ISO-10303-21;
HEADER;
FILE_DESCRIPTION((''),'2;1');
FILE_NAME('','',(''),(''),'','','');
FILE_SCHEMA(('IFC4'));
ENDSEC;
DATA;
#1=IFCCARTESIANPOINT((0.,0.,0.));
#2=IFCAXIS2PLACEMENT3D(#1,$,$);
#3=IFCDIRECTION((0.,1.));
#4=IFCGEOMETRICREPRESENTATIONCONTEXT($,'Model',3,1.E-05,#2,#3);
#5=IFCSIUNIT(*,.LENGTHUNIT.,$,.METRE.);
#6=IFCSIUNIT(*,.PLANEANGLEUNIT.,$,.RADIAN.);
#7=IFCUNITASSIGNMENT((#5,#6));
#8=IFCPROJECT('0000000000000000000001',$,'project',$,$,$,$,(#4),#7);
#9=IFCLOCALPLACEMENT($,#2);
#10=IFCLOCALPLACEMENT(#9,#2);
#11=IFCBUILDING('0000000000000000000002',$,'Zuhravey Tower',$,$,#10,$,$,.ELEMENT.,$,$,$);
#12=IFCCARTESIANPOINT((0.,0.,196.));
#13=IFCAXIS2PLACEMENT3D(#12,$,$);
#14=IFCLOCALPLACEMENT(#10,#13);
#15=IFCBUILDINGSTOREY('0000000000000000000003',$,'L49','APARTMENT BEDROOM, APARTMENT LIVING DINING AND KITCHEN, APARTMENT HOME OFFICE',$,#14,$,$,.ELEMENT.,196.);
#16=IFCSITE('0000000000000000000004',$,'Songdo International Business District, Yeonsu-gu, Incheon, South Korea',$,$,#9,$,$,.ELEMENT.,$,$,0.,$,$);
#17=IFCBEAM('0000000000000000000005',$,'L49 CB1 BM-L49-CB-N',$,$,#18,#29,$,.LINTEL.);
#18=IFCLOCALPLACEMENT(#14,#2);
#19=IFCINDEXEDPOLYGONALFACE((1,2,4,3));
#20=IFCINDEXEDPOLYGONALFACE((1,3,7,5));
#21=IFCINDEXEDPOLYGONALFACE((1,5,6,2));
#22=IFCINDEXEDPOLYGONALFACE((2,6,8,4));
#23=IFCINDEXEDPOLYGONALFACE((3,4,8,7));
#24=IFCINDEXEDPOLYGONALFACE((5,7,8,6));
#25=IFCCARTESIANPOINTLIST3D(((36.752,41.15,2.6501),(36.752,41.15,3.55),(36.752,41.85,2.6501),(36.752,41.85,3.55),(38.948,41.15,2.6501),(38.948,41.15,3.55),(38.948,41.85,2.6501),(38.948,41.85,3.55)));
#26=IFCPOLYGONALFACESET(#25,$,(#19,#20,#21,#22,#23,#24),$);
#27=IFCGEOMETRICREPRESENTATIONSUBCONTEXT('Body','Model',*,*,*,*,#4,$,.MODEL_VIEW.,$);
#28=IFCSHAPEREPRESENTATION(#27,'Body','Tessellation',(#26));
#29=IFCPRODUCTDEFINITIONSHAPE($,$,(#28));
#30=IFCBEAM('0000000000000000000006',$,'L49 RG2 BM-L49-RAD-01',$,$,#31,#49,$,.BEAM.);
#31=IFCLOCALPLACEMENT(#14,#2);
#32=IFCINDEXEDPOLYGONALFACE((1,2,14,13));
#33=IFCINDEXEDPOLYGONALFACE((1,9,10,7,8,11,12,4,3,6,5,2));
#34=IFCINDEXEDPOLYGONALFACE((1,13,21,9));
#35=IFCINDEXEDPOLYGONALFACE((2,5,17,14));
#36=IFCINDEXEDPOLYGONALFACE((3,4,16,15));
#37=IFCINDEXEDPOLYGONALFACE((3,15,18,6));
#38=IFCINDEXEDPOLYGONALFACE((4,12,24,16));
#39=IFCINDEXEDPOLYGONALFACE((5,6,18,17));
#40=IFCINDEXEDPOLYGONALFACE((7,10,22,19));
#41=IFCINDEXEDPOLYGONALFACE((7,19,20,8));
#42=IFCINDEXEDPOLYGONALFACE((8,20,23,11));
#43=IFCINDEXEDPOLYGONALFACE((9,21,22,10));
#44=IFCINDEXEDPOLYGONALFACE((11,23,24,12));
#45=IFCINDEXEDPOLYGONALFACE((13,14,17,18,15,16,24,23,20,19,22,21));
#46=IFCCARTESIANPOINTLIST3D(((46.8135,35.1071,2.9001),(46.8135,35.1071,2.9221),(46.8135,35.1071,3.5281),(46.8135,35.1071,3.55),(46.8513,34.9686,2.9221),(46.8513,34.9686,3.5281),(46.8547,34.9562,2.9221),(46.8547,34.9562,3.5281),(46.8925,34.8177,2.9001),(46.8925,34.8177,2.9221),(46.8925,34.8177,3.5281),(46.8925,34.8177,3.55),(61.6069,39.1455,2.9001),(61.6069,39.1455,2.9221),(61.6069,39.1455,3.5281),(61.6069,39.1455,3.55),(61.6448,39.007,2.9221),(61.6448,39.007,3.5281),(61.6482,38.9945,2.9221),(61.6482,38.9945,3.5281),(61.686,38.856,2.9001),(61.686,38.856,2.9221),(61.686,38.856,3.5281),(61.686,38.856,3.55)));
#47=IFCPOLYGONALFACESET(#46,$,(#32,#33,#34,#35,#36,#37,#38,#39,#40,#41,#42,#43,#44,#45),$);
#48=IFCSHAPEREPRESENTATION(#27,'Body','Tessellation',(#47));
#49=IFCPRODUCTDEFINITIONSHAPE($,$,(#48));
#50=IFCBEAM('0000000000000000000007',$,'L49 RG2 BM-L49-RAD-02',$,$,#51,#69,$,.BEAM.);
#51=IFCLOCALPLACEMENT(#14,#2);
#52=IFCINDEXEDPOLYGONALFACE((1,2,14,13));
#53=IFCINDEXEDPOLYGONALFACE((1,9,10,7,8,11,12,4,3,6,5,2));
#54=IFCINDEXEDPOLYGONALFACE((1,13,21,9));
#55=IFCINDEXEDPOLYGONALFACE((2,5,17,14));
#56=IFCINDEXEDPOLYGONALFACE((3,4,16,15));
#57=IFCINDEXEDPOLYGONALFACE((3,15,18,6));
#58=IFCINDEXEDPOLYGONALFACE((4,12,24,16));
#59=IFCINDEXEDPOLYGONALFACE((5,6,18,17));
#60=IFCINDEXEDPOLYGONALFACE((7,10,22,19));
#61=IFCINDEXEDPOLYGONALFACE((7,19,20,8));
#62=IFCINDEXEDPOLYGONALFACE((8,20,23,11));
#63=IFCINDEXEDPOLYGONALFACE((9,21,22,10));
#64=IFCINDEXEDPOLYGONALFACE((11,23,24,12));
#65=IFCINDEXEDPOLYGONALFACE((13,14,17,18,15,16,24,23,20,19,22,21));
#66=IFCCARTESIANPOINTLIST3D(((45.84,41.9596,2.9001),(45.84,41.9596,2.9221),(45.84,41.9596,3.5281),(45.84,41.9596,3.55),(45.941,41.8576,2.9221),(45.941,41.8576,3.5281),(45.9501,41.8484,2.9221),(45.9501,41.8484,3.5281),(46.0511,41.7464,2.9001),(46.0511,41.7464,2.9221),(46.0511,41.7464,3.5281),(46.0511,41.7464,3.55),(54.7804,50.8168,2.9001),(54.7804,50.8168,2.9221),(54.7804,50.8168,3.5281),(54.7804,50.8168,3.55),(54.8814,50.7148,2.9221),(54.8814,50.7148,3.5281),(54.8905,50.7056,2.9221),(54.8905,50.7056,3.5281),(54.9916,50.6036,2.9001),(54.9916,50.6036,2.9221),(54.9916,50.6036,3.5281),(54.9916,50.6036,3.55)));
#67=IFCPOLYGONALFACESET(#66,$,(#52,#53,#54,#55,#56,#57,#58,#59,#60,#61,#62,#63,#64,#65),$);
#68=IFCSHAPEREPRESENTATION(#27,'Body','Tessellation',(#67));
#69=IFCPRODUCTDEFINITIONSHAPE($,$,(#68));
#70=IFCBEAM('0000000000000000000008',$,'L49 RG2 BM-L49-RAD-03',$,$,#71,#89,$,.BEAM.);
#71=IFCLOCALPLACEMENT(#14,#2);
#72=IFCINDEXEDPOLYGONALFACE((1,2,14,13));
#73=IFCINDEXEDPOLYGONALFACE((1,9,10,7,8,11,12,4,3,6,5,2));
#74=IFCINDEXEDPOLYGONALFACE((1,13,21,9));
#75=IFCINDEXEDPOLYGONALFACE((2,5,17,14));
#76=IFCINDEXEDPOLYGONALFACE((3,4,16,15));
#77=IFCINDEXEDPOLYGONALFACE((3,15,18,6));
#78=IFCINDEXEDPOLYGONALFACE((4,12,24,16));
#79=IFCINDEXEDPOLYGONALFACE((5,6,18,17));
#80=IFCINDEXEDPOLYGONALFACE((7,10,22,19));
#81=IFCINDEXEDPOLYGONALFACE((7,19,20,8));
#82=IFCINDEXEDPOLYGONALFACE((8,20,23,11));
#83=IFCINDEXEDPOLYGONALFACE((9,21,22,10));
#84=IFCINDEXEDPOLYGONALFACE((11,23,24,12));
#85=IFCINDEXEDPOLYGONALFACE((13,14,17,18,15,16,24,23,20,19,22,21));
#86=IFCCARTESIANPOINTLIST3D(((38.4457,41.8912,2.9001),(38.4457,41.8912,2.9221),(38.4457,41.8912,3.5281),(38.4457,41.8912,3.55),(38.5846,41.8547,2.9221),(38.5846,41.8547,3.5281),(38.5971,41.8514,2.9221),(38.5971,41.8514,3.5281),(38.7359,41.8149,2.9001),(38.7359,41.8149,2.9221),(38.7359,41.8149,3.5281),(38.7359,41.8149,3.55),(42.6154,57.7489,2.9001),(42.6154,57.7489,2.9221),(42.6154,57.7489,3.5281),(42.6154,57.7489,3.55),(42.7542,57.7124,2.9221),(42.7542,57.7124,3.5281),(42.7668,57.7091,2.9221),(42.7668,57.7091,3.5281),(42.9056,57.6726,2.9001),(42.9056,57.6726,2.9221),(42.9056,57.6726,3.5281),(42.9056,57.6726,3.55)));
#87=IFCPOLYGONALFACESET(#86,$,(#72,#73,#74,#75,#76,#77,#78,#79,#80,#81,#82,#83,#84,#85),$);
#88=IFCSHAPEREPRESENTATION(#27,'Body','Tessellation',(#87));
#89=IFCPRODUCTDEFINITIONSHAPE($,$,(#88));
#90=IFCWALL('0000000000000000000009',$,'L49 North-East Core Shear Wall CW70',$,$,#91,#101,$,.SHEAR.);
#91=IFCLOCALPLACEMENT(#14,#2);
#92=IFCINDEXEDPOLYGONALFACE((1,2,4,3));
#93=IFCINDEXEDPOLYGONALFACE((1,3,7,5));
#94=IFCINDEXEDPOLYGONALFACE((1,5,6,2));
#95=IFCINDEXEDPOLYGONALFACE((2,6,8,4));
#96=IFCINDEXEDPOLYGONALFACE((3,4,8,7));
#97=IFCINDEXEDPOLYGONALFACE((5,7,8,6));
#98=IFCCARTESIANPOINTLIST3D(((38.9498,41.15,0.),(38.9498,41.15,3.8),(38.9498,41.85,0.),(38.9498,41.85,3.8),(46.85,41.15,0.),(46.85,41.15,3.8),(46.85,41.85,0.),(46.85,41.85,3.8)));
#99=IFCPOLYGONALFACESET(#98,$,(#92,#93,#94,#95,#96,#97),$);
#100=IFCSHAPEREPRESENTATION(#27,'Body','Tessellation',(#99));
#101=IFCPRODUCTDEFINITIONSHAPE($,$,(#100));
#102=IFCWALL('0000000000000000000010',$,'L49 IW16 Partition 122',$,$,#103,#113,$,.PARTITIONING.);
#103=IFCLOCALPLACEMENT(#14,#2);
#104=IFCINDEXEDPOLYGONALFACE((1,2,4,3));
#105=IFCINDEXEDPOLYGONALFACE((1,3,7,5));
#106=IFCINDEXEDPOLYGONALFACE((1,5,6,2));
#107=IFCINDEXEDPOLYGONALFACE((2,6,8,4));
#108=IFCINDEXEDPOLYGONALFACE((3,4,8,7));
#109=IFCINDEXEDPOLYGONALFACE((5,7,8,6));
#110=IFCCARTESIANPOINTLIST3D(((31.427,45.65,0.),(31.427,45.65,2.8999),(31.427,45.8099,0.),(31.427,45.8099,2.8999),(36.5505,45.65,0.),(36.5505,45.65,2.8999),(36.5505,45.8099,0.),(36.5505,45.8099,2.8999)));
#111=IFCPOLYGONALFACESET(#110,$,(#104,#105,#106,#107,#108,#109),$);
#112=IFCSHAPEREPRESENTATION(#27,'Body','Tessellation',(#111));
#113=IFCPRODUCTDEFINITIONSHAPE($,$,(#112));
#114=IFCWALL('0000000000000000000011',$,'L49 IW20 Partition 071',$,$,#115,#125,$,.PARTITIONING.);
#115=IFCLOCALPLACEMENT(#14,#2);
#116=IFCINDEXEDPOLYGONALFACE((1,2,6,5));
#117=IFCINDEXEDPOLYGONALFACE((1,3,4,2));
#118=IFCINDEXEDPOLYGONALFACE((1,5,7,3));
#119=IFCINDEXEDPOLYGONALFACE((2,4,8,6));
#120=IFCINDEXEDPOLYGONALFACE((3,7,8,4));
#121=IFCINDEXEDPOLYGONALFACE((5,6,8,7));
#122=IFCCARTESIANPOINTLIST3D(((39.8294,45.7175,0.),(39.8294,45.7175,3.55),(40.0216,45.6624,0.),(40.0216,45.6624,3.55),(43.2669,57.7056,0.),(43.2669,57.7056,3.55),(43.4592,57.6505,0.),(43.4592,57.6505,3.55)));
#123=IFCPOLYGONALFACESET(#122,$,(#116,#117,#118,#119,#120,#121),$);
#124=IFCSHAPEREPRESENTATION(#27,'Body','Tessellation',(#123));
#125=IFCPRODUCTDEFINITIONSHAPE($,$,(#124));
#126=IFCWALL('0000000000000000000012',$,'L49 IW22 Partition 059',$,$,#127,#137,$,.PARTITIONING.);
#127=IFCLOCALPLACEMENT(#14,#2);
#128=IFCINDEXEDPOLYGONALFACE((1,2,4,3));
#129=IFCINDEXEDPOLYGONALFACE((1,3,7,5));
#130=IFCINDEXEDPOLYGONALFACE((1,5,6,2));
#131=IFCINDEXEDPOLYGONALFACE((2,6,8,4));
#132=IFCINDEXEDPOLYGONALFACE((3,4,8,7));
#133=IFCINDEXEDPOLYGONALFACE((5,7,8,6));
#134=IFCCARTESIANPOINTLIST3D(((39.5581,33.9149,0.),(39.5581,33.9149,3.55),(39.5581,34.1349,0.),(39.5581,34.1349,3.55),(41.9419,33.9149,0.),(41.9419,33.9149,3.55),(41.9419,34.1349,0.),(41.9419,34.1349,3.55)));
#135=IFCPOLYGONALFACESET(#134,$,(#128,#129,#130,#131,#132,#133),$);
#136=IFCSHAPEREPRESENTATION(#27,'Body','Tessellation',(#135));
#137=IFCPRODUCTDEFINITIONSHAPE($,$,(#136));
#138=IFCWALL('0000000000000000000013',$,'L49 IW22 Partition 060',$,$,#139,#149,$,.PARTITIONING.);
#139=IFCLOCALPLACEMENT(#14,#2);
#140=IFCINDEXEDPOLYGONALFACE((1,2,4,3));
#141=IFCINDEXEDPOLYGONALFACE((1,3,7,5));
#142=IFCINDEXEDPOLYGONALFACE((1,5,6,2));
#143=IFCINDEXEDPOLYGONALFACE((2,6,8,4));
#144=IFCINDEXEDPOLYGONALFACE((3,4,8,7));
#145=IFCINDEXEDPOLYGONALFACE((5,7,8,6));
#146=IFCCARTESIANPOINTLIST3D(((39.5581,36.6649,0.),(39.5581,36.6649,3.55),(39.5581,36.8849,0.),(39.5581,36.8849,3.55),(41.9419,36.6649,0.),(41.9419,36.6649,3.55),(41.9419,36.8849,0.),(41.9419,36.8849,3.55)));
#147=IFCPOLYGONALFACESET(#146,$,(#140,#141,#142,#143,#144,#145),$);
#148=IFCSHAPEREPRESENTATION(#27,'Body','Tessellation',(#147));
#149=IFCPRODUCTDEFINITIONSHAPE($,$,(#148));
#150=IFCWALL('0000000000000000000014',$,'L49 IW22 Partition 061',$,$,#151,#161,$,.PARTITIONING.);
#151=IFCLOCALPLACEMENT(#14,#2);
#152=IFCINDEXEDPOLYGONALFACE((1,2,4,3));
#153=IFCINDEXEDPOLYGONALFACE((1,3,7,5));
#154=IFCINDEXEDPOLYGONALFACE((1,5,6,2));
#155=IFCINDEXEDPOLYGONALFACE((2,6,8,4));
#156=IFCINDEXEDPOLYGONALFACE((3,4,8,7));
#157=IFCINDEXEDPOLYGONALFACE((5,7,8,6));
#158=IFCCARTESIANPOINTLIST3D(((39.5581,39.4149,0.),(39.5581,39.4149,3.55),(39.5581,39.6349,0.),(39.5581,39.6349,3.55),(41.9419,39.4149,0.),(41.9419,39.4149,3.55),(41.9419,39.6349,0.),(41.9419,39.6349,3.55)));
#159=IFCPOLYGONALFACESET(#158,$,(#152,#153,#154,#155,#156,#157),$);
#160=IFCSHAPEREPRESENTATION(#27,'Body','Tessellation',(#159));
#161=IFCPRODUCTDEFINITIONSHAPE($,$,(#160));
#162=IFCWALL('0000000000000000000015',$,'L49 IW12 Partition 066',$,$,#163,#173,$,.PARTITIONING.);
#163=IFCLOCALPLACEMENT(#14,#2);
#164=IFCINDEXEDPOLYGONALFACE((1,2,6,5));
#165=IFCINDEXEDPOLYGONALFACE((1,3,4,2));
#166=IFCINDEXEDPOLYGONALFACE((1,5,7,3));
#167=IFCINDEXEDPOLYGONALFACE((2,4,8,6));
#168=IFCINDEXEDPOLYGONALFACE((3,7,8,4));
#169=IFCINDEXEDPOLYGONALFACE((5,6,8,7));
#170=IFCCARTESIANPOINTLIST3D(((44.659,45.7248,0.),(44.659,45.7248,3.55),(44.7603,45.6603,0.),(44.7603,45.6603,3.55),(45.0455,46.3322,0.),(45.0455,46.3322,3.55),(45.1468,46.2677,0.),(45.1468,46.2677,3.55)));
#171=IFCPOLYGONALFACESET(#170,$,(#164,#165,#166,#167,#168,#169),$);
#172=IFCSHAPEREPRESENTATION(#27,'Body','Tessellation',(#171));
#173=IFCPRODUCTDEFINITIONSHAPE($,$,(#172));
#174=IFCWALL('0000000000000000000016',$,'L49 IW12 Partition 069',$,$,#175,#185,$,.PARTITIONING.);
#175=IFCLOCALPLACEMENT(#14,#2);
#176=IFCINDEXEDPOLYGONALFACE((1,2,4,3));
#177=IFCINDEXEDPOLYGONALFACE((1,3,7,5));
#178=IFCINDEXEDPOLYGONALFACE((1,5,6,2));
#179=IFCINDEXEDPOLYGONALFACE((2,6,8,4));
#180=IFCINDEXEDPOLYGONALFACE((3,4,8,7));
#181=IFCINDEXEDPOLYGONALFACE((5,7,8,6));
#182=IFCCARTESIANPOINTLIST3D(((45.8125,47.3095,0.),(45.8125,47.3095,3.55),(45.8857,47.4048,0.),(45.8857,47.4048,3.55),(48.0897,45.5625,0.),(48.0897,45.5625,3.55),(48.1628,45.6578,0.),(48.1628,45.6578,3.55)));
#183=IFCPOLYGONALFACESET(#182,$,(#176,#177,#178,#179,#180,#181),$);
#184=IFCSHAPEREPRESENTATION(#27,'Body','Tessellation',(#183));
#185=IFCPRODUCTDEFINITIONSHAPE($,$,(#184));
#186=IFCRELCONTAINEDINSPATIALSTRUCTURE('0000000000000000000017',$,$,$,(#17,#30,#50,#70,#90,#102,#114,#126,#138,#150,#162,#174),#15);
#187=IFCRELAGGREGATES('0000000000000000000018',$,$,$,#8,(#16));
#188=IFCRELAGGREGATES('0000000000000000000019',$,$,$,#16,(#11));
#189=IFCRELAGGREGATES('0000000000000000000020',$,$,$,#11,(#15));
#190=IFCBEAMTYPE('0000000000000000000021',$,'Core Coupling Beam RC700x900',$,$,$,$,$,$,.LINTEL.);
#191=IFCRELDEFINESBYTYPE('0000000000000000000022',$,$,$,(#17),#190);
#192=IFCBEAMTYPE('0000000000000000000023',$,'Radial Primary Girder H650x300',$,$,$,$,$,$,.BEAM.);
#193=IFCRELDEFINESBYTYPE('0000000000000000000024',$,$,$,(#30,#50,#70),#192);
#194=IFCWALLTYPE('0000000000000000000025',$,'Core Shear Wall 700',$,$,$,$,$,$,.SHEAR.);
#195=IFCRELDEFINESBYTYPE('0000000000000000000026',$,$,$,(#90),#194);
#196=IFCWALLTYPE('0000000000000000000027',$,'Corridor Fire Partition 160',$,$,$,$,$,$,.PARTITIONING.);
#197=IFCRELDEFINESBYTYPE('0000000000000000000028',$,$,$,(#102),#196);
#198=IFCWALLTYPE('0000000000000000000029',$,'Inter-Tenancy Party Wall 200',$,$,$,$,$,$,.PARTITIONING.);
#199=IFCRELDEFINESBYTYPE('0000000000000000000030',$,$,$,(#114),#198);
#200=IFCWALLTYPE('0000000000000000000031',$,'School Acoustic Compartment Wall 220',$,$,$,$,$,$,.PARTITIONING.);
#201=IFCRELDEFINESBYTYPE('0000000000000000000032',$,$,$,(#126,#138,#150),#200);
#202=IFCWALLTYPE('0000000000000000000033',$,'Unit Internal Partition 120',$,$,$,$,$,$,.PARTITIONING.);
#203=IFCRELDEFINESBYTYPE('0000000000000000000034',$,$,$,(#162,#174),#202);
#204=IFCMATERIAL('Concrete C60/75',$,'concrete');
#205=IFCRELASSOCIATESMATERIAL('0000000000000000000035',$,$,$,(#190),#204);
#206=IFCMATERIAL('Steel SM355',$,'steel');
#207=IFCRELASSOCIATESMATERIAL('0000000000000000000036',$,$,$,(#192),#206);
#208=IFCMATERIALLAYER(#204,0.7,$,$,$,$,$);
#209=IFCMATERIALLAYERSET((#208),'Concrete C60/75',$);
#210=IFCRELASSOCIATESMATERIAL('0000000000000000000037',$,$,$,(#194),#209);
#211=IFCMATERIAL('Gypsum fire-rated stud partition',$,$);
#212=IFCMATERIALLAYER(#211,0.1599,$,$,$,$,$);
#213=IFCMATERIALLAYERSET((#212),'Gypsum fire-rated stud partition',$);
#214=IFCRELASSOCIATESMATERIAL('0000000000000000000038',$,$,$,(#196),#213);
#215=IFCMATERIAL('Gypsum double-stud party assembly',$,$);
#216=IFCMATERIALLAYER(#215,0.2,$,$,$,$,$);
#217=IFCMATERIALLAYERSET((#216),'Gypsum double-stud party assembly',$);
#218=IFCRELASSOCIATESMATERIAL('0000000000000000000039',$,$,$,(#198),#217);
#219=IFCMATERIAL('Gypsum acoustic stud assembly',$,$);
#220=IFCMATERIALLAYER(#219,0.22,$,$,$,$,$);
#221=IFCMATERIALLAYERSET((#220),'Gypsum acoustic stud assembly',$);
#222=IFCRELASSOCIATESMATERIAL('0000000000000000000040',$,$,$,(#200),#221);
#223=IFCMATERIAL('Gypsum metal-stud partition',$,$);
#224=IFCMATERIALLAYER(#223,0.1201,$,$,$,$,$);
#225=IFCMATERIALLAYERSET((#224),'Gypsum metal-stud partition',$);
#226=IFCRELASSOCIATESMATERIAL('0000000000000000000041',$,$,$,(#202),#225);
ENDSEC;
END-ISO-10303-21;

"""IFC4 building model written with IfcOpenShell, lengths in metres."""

from ifc_helpers import new_model, si_unit, direction, frame, frame_2d, origin, origin_2d, place, context, subcontext, project, spatial, rectangle, i_section, extrude, material, layer, layer_set, material_profile, profile_set, type_object, element, save


model = new_model("IFC4")

# Units and contexts
model_context = context("Model", 3, precision=1e-05, world=origin(), true_north=direction((0.0, 1.0)))
body_context = subcontext(model_context, "Body", "Model", "MODEL_VIEW")
ifc_project = project(units=[si_unit("LENGTHUNIT", "METRE"), si_unit("PLANEANGLEUNIT", "RADIAN")], contexts=[model_context])

# Site, building, storey
site_placement = place(None, origin())
site = spatial("IfcSite", under=ifc_project, at=site_placement, Name="Songdo International Business District, Yeonsu-gu, Incheon, South Korea", CompositionType="ELEMENT", RefElevation=0.0)
building_placement = place(site_placement, origin())
building = spatial("IfcBuilding", under=site, at=building_placement, Name="Zuhravey Tower", CompositionType="ELEMENT")
storey_placement = place(building_placement, frame((0.0, 0.0, 196.0)))
storey = spatial("IfcBuildingStorey", under=building, at=storey_placement, Name="L49", Description="APARTMENT BEDROOM, APARTMENT LIVING DINING AND KITCHEN, APARTMENT HOME OFFICE", CompositionType="ELEMENT", Elevation=196.0)

# Beams
ifc_material_1 = material(Name="Concrete C60/75", Category="concrete")
ifc_material_profile_1 = material_profile(ifc_material_1, rectangle(XDim=0.7, YDim=0.8999, at=origin_2d()), Name="RC-700x900")
ifc_profile_set_1 = profile_set([ifc_material_profile_1], Name="Concrete C60/75")
beam_type_1 = type_object("IfcBeamType", Name="Core Coupling Beam RC700x900", PredefinedType="LINTEL", material=ifc_profile_set_1)
beam_1_placement = place(storey_placement, frame((36.752, 41.5, 3.1001), z_axis=(1.0, 0.0, 0.0), x_axis=(0.0, 1.0, 0.0)))
element("IfcBeam", 1, at=beam_1_placement, inside=storey, type_object=beam_type_1, Name="L49 CB1 BM-L49-CB-N", PredefinedType="LINTEL", context=body_context, shape_type="SweptSolid", body=[
    extrude(rectangle(XDim=0.7, YDim=0.8999, at=origin_2d()), origin(), (0.0, 0.0, 1.0), 2.196),
])
ifc_material_2 = material(Name="Steel SM355", Category="steel")
ifc_material_profile_2 = material_profile(ifc_material_2, i_section(OverallWidth=0.3, OverallDepth=0.6499, WebThickness=0.0129, FlangeThickness=0.022, at=origin_2d()), Name="H-650x300x13x22")
ifc_profile_set_2 = profile_set([ifc_material_profile_2], Name="Steel SM355")
beam_type_2 = type_object("IfcBeamType", Name="Radial Primary Girder H650x300", PredefinedType="BEAM", material=ifc_profile_set_2)
beam_2_placement = place(storey_placement, frame((46.853, 34.9624, 3.2251), z_axis=(0.964702, 0.263345, 0.0), x_axis=(-0.263345, 0.964702, 0.0)))
element("IfcBeam", 2, at=beam_2_placement, inside=storey, type_object=beam_type_2, Name="L49 RG2 BM-L49-RAD-01", PredefinedType="BEAM", context=body_context, shape_type="SweptSolid", body=[
    extrude(i_section(OverallWidth=0.3, OverallDepth=0.6499, WebThickness=0.0129, FlangeThickness=0.022, at=origin_2d()), origin(), (0.0, 0.0, 1.0), 15.3347),
])
beam_3_placement = place(storey_placement, frame((45.9456, 41.853, 3.2251), z_axis=(0.710407, 0.703791, 0.0), x_axis=(-0.703791, 0.710407, 0.0)))
element("IfcBeam", 3, at=beam_3_placement, inside=storey, type_object=beam_type_2, Name="L49 RG2 BM-L49-RAD-02", PredefinedType="BEAM", context=body_context, shape_type="SweptSolid", body=[
    extrude(i_section(OverallWidth=0.3, OverallDepth=0.6499, WebThickness=0.0129, FlangeThickness=0.022, at=origin_2d()), origin(), (0.0, 0.0, 1.0), 12.585),
])
beam_4_placement = place(storey_placement, frame((38.5908, 41.853, 3.2251), z_axis=(0.2543, 0.967125, 0.0), x_axis=(-0.967125, 0.2543, 0.0)))
element("IfcBeam", 4, at=beam_4_placement, inside=storey, type_object=beam_type_2, Name="L49 RG2 BM-L49-RAD-03", PredefinedType="BEAM", context=body_context, shape_type="SweptSolid", body=[
    extrude(i_section(OverallWidth=0.3, OverallDepth=0.6499, WebThickness=0.0129, FlangeThickness=0.022, at=origin_2d()), origin(), (0.0, 0.0, 1.0), 16.3967),
])

# Wall
ifc_layer_1 = layer(ifc_material_1, 0.7)
ifc_layer_set_1 = layer_set([ifc_layer_1], Name="Concrete C60/75")
wall_type_1 = type_object("IfcWallType", Name="Core Shear Wall 700", PredefinedType="SHEAR", material=ifc_layer_set_1)
wall_1_placement = place(storey_placement, frame((46.8501, 41.5, 0.0), z_axis=(0.0, 0.0, 1.0), x_axis=(-1.0, 0.0, 0.0)))
element("IfcWall", 5, at=wall_1_placement, inside=storey, type_object=wall_type_1, Name="L49 North-East Core Shear Wall CW70", PredefinedType="SHEAR", context=body_context, shape_type="SweptSolid", body=[
    extrude(rectangle(XDim=7.9001, YDim=0.7, at=frame_2d((3.9502, 0.0))), origin(), (0.0, 0.0, 1.0), 3.8),
])

# Wall
ifc_material_3 = material(Name="Gypsum fire-rated stud partition")
ifc_layer_2 = layer(ifc_material_3, 0.1599)
ifc_layer_set_2 = layer_set([ifc_layer_2], Name="Gypsum fire-rated stud partition")
wall_type_2 = type_object("IfcWallType", Name="Corridor Fire Partition 160", PredefinedType="PARTITIONING", material=ifc_layer_set_2)
wall_2_placement = place(storey_placement, frame((36.5505, 45.73, 0.0), z_axis=(0.0, 0.0, 1.0), x_axis=(-1.0, 0.0, 0.0)))
element("IfcWall", 6, at=wall_2_placement, inside=storey, type_object=wall_type_2, Name="L49 IW16 Partition 122", PredefinedType="PARTITIONING", context=body_context, shape_type="SweptSolid", body=[
    extrude(rectangle(XDim=5.1235, YDim=0.1599, at=frame_2d((2.5618, 0.0))), origin(), (0.0, 0.0, 1.0), 2.8999),
])

# Walls
ifc_material_4 = material(Name="Gypsum double-stud party assembly")
ifc_layer_3 = layer(ifc_material_4, 0.2)
ifc_layer_set_3 = layer_set([ifc_layer_3], Name="Gypsum double-stud party assembly")
wall_type_3 = type_object("IfcWallType", Name="Inter-Tenancy Party Wall 200", PredefinedType="PARTITIONING", material=ifc_layer_set_3)
wall_3_placement = place(storey_placement, frame((39.9255, 45.6899, 0.0), z_axis=(0.0, 0.0, 1.0), x_axis=(0.275636, 0.961262, 0.0)))
element("IfcWall", 7, at=wall_3_placement, inside=storey, type_object=wall_type_3, Name="L49 IW20 Partition 071", PredefinedType="PARTITIONING", context=body_context, shape_type="SweptSolid", body=[
    extrude(rectangle(XDim=12.4712, YDim=0.2, at=frame_2d((6.2356, 0.0))), origin(), (0.0, 0.0, 1.0), 3.55),
])
ifc_material_5 = material(Name="Gypsum acoustic stud assembly")
ifc_layer_4 = layer(ifc_material_5, 0.22)
ifc_layer_set_4 = layer_set([ifc_layer_4], Name="Gypsum acoustic stud assembly")
wall_type_4 = type_object("IfcWallType", Name="School Acoustic Compartment Wall 220", PredefinedType="PARTITIONING", material=ifc_layer_set_4)
for number, where, z_axis, x_axis, name in (
    (8, (39.5581, 34.0249, 0.0), (0.0, 0.0, 1.0), (1.0, 0.0, 0.0), "L49 IW22 Partition 059"),
    (9, (39.5581, 36.7749, 0.0), (0.0, 0.0, 1.0), (1.0, 0.0, 0.0), "L49 IW22 Partition 060"),
    (10, (39.5581, 39.5249, 0.0), (0.0, 0.0, 1.0), (1.0, 0.0, 0.0), "L49 IW22 Partition 061"),
):
    element("IfcWall", number, at=place(storey_placement, frame(where, z_axis=z_axis, x_axis=x_axis)), inside=storey, type_object=wall_type_4, Name=name, PredefinedType="PARTITIONING", context=body_context, shape_type="SweptSolid", body=[
        extrude(rectangle(XDim=2.3838, YDim=0.22, at=frame_2d((1.1919, 0.0))), origin(), (0.0, 0.0, 1.0), 3.55),
    ])
ifc_material_6 = material(Name="Gypsum metal-stud partition")
ifc_layer_5 = layer(ifc_material_6, 0.1201)
ifc_layer_set_5 = layer_set([ifc_layer_5], Name="Gypsum metal-stud partition")
wall_type_5 = type_object("IfcWallType", Name="Unit Internal Partition 120", PredefinedType="PARTITIONING", material=ifc_layer_set_5)
wall_4_placement = place(storey_placement, frame((44.7097, 45.6926, 0.0), z_axis=(0.0, 0.0, 1.0), x_axis=(0.53681, 0.843703, 0.0)))
element("IfcWall", 11, at=wall_4_placement, inside=storey, type_object=wall_type_5, Name="L49 IW12 Partition 066", PredefinedType="PARTITIONING", context=body_context, shape_type="SweptSolid", body=[
    extrude(rectangle(XDim=0.72, YDim=0.1201, at=frame_2d((0.3599, 0.0))), origin(), (0.0, 0.0, 1.0), 3.55),
])
wall_5_placement = place(storey_placement, frame((48.1262, 45.6101, 0.0), z_axis=(0.0, 0.0, 1.0), x_axis=(-0.793389, 0.608715, 0.0)))
element("IfcWall", 12, at=wall_5_placement, inside=storey, type_object=wall_type_5, Name="L49 IW12 Partition 069", PredefinedType="PARTITIONING", context=body_context, shape_type="SweptSolid", body=[
    extrude(rectangle(XDim=2.8701, YDim=0.1201, at=frame_2d((1.4351, 0.0))), origin(), (0.0, 0.0, 1.0), 3.55),
])

save(model, "model.ifc")
